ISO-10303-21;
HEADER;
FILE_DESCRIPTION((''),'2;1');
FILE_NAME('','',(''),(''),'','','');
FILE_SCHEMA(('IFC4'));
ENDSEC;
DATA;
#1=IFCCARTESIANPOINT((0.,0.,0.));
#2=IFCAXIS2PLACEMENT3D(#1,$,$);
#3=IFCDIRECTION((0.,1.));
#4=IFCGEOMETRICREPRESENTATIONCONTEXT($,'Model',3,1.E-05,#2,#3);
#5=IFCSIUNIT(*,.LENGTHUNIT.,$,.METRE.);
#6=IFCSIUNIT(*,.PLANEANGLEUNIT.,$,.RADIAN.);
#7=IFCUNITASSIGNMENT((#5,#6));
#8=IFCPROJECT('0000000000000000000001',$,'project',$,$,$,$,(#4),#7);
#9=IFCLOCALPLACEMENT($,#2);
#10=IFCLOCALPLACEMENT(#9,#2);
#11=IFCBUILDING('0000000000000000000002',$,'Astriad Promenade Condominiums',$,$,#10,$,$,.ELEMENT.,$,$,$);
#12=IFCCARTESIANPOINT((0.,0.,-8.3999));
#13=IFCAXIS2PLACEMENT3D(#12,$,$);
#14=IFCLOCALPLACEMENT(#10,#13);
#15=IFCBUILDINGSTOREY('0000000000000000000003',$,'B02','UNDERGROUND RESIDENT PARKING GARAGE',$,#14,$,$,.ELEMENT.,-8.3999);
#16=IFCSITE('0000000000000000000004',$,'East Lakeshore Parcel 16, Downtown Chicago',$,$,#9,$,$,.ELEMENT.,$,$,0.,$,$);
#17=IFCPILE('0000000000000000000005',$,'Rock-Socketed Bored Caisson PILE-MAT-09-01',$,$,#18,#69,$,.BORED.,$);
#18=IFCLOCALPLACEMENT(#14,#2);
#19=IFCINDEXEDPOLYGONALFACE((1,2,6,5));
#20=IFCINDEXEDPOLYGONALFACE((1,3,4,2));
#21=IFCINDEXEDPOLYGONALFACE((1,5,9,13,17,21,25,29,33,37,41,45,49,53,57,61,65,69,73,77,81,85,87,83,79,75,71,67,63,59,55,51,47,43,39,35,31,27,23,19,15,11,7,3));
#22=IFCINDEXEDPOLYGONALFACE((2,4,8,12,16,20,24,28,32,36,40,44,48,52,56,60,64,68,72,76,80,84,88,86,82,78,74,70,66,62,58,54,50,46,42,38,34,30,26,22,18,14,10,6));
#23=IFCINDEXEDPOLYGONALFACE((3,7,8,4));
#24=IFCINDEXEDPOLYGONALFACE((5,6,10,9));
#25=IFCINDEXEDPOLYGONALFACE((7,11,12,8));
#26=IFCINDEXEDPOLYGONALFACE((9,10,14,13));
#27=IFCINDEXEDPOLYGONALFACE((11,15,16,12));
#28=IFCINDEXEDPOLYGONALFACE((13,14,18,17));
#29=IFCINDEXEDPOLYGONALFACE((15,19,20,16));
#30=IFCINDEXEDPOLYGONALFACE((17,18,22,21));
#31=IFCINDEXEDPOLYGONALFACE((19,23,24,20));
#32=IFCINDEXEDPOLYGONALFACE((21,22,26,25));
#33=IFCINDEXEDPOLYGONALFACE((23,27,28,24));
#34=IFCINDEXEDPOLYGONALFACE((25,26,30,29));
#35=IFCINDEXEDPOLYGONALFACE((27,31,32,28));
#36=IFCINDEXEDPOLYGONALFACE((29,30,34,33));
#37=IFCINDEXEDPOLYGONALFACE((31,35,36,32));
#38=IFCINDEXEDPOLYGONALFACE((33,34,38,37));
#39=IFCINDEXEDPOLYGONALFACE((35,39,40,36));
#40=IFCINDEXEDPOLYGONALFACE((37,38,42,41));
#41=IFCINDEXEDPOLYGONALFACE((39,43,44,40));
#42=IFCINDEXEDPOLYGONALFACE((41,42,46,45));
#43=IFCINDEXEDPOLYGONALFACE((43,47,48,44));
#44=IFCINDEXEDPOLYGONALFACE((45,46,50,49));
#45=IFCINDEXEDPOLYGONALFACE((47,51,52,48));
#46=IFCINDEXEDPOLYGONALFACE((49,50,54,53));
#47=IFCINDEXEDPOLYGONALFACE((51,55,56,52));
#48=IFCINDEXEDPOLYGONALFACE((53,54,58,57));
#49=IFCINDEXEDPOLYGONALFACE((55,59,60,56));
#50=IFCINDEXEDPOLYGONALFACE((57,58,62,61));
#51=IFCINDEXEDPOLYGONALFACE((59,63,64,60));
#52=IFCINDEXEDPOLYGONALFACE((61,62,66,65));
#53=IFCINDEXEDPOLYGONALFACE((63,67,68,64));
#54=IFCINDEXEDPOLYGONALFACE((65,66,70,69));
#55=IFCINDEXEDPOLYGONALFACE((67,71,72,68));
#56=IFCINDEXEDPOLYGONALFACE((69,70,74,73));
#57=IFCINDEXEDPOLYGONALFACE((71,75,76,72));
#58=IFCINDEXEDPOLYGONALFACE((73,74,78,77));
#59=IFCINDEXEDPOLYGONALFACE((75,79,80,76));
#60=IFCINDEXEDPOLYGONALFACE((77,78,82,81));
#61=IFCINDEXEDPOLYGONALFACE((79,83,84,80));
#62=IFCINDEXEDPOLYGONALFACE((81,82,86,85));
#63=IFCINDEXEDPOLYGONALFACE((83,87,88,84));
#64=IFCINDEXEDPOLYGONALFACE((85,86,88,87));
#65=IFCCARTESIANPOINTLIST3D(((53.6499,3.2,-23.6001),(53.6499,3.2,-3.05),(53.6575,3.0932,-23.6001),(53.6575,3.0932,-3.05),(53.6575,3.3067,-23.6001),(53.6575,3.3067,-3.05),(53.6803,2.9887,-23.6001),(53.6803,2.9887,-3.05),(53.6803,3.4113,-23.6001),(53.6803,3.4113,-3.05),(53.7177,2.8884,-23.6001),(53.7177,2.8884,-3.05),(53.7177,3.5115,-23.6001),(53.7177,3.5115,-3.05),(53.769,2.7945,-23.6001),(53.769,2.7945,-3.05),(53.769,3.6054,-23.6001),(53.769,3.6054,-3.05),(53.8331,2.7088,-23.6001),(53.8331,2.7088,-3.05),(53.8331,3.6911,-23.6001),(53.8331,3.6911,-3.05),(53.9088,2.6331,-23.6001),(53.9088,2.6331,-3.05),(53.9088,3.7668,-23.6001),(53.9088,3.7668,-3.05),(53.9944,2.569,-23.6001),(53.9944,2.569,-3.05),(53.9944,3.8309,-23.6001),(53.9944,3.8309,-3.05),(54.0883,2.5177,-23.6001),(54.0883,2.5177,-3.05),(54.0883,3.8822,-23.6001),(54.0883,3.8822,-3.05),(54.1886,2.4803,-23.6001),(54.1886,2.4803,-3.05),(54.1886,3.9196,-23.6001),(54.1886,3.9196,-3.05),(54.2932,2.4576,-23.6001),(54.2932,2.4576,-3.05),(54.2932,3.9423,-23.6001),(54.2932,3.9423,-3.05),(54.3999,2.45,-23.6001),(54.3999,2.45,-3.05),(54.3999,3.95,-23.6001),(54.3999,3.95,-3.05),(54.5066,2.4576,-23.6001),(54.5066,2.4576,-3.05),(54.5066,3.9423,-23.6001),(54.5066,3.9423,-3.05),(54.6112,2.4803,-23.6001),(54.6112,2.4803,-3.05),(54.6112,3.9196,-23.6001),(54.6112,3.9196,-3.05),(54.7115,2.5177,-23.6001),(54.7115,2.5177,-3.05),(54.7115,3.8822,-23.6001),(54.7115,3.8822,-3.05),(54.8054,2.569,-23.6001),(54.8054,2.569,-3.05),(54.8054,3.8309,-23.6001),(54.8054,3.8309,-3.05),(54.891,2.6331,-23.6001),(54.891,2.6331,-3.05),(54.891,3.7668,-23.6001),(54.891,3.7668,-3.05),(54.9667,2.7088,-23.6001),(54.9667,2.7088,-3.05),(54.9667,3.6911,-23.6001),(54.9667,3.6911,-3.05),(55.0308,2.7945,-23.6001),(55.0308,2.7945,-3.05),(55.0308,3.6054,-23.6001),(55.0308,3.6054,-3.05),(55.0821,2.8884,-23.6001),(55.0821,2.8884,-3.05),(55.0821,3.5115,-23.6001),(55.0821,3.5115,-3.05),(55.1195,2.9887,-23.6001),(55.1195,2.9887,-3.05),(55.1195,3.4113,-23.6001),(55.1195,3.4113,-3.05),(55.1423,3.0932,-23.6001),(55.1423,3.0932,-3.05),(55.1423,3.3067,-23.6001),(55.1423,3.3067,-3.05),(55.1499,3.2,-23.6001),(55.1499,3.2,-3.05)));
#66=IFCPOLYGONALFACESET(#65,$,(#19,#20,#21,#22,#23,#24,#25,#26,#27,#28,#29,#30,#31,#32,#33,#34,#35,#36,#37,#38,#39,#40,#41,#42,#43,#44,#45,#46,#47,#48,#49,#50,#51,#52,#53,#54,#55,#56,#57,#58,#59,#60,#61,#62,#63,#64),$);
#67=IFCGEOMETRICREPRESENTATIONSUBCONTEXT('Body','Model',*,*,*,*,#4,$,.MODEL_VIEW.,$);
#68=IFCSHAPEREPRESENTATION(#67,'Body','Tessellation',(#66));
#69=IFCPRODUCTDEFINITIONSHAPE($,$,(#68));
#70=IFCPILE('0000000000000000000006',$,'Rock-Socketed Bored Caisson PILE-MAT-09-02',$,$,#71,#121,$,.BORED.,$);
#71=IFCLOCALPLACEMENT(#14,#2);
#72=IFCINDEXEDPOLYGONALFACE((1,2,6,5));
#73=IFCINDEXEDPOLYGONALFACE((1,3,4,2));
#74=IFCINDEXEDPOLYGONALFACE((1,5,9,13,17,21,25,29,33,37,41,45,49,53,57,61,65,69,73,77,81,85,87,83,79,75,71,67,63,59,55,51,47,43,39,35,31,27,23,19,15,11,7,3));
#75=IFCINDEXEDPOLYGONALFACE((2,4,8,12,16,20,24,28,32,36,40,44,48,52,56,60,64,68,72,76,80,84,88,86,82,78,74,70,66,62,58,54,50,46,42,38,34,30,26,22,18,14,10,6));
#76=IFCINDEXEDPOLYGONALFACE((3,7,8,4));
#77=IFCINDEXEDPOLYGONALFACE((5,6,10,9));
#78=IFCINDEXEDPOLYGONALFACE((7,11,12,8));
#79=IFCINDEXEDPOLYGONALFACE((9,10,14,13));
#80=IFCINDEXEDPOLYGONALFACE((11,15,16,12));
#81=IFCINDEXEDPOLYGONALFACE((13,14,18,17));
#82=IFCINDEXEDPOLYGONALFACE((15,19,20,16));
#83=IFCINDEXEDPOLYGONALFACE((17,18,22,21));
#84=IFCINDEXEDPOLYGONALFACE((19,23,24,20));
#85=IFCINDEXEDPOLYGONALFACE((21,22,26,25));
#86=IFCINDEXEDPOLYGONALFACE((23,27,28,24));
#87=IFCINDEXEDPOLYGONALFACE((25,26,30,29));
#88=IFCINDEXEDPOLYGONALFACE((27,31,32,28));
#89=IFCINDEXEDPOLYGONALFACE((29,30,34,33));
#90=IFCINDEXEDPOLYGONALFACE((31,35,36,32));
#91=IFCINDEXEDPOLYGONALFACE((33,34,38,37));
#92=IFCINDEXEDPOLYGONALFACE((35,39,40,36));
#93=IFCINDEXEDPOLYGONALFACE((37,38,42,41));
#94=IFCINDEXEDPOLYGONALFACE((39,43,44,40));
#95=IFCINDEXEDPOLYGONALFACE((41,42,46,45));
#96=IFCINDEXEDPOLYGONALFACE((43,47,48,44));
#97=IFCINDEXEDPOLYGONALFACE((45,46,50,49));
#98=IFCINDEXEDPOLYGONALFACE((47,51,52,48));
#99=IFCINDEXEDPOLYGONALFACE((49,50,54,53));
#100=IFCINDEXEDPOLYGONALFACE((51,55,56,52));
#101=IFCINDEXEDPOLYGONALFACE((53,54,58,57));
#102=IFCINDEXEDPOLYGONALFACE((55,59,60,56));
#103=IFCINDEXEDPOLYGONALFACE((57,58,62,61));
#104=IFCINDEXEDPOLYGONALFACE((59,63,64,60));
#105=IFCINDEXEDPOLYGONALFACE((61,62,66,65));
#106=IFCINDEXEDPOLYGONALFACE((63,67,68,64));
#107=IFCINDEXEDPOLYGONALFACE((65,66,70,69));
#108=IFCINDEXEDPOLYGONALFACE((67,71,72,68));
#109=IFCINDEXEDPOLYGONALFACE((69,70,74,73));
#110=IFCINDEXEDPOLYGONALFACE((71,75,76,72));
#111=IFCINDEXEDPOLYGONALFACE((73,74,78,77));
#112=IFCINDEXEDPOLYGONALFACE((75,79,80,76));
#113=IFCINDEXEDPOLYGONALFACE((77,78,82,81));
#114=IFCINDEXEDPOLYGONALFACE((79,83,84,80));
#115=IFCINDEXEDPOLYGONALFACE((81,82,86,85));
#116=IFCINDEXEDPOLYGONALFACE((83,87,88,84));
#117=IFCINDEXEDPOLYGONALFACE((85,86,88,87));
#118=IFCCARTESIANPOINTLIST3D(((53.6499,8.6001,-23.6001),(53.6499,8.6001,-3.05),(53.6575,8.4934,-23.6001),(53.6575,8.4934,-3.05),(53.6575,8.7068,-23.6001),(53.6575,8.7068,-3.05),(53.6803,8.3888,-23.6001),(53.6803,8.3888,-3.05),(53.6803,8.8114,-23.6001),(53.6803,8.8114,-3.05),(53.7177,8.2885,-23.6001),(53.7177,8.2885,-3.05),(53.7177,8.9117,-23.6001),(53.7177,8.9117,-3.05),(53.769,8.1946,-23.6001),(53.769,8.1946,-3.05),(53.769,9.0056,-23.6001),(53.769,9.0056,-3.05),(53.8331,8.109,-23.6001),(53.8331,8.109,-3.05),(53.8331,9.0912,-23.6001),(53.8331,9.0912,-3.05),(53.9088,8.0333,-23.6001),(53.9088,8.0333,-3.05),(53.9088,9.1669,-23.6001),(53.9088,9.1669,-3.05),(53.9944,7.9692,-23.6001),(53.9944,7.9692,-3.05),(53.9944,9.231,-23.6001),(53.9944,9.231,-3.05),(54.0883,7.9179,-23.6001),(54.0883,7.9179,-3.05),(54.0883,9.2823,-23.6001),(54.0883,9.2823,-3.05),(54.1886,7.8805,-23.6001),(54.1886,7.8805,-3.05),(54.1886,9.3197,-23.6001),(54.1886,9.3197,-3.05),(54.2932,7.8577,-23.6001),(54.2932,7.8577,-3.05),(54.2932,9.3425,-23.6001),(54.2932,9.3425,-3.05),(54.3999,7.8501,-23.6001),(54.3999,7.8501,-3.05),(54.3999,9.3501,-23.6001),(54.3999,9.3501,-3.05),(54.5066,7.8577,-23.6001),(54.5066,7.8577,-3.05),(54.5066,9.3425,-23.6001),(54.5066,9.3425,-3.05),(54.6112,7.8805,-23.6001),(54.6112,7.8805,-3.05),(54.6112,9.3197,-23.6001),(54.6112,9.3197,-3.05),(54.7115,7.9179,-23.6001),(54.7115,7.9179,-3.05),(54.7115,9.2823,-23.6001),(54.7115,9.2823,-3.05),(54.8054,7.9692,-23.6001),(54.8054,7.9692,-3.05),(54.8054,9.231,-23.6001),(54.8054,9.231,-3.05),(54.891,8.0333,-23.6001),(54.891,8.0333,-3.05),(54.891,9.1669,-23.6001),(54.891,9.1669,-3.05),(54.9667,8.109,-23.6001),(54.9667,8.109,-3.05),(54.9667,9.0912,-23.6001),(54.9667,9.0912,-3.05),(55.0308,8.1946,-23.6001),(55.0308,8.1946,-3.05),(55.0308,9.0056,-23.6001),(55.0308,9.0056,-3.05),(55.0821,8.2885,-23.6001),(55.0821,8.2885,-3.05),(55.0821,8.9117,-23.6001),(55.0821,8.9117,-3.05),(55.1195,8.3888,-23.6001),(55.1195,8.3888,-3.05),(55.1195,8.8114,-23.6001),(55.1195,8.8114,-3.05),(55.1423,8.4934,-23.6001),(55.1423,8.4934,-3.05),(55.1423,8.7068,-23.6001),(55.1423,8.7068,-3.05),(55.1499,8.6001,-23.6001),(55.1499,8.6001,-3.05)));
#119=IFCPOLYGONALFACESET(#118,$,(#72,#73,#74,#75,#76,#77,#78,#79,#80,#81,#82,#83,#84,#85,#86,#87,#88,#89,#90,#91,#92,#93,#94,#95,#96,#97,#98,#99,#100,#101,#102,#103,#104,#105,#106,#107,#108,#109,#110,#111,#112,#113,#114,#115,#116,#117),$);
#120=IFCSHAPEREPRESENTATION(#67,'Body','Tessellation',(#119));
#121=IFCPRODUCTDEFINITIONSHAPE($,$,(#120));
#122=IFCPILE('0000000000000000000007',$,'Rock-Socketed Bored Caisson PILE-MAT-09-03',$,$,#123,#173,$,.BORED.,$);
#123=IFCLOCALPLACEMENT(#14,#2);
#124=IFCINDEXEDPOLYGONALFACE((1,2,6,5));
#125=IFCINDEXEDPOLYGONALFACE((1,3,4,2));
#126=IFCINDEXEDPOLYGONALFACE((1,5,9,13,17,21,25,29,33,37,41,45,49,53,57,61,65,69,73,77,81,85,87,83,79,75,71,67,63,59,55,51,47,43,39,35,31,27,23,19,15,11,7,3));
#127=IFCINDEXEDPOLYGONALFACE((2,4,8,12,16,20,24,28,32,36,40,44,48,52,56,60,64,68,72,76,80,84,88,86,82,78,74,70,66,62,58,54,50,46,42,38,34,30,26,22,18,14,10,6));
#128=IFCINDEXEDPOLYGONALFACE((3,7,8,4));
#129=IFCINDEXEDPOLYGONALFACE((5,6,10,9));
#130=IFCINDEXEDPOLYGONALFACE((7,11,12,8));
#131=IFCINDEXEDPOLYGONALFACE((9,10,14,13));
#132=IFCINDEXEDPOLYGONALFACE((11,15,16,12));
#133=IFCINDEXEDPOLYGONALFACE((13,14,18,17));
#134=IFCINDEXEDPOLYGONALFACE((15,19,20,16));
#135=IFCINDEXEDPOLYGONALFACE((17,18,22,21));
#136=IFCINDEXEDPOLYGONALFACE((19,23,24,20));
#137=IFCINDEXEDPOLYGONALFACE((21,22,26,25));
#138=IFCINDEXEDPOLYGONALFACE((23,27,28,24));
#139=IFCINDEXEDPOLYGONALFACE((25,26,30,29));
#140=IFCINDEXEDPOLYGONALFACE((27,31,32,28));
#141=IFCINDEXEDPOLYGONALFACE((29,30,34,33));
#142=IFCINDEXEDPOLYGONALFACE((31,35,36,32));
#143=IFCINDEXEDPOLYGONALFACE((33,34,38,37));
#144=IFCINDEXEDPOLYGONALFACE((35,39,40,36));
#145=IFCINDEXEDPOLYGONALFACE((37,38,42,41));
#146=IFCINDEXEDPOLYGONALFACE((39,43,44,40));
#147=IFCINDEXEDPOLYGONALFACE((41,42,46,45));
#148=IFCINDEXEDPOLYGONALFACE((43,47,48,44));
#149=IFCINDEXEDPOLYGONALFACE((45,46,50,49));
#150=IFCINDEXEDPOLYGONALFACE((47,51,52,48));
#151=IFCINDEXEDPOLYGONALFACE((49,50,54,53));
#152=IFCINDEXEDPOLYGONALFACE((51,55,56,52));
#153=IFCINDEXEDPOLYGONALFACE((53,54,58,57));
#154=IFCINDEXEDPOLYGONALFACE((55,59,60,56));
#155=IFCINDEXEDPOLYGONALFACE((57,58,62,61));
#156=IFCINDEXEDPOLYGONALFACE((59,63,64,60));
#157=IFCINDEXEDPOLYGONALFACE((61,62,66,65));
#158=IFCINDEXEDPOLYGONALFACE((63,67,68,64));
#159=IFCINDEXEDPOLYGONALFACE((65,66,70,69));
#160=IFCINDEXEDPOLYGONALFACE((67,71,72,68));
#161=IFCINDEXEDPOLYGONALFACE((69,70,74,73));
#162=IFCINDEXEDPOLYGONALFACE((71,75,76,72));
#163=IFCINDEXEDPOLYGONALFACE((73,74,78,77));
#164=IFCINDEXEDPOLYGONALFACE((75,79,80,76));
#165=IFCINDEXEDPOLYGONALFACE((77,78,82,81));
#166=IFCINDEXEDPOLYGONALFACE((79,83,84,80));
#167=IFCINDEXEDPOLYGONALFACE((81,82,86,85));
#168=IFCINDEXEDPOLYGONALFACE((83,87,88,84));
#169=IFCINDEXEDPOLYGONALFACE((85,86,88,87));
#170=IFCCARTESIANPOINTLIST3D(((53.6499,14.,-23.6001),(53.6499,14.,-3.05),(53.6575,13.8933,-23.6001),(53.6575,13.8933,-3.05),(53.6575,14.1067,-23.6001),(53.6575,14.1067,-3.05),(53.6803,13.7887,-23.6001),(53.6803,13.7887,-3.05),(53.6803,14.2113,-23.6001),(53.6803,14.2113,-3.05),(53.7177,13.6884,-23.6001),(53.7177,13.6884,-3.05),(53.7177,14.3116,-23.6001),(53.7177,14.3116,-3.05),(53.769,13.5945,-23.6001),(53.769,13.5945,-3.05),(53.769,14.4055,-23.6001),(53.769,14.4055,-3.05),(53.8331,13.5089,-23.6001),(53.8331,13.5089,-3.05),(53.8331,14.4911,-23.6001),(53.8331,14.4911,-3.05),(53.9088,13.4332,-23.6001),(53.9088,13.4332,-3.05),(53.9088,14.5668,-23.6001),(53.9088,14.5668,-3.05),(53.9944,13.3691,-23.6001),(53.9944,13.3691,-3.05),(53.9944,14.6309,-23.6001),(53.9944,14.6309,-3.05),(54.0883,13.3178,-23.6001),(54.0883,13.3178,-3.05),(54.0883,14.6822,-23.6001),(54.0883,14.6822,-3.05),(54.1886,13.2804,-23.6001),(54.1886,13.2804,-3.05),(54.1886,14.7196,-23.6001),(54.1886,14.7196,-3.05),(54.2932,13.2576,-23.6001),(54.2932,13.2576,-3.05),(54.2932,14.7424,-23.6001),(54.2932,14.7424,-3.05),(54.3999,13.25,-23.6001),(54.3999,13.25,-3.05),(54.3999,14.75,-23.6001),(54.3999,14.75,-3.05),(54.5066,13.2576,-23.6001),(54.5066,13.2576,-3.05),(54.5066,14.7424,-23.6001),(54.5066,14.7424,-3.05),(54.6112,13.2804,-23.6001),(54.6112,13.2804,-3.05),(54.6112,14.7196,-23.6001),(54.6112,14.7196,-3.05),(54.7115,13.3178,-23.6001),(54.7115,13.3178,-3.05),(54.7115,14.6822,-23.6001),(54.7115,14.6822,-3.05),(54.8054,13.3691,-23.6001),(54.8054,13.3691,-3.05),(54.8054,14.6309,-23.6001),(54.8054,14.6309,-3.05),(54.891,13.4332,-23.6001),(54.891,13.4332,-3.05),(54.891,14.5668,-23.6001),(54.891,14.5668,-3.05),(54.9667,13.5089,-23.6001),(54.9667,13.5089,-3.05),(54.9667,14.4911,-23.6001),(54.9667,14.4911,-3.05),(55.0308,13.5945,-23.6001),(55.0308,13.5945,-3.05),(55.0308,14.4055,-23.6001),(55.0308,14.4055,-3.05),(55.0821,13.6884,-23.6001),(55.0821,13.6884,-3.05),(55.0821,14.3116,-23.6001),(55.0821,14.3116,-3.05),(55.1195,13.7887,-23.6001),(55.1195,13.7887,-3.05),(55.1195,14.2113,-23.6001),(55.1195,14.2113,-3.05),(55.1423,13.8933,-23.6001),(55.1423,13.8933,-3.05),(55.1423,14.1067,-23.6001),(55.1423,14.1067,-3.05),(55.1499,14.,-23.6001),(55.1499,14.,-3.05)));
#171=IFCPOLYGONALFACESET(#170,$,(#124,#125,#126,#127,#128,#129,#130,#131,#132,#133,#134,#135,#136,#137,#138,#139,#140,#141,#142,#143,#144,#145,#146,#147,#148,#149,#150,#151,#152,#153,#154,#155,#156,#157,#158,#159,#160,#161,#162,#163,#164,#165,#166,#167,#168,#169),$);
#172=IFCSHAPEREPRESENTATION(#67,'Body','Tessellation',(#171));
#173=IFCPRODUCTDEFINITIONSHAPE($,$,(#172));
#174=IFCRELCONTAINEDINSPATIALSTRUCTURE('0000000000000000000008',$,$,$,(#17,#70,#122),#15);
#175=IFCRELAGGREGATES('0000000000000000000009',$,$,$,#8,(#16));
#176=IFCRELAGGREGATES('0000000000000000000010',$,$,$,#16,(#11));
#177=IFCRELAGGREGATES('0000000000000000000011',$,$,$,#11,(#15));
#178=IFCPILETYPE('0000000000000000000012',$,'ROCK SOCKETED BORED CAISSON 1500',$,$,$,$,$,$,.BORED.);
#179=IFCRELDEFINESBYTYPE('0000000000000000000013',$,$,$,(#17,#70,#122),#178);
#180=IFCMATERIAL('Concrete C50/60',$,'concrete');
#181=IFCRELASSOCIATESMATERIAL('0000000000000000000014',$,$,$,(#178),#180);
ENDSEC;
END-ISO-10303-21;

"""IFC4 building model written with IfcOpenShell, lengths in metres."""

from ifc_helpers import new_model, si_unit, direction, frame, origin, origin_2d, place, context, subcontext, project, spatial, circle, extrude, source, transform, mapped, material, material_profile, profile_set, type_object, type_shapes, element, save


model = new_model("IFC4")

# Units and contexts
model_context = context("Model", 3, precision=1e-05, world=origin(), true_north=direction((0.0, 1.0)))
body_context = subcontext(model_context, "Body", "Model", "MODEL_VIEW")
ifc_project = project(units=[si_unit("LENGTHUNIT", "METRE"), si_unit("PLANEANGLEUNIT", "RADIAN")], contexts=[model_context])

# Site, building, storey
site_placement = place(None, origin())
site = spatial("IfcSite", under=ifc_project, at=site_placement, Name="East Lakeshore Parcel 16, Downtown Chicago", CompositionType="ELEMENT", RefElevation=0.0)
building_placement = place(site_placement, origin())
building = spatial("IfcBuilding", under=site, at=building_placement, Name="Astriad Promenade Condominiums", CompositionType="ELEMENT")
storey_placement = place(building_placement, frame((0.0, 0.0, -8.3999)))
storey = spatial("IfcBuildingStorey", under=building, at=storey_placement, Name="B02", Description="UNDERGROUND RESIDENT PARKING GARAGE", CompositionType="ELEMENT", Elevation=-8.3999)

# Piles
ifc_material_1 = material(Name="Concrete C50/60", Category="concrete")
ifc_material_profile_1 = material_profile(ifc_material_1, circle(Radius=0.75, at=origin_2d()), Name="CAISSON-D1500")
ifc_profile_set_1 = profile_set([ifc_material_profile_1], Name="Concrete C50/60")
pile_type = type_object("IfcPileType", Name="ROCK SOCKETED BORED CAISSON 1500", PredefinedType="BORED", material=ifc_profile_set_1)
shared_shape_1 = source(origin(), body_context, "Body", "SweptSolid", [
    extrude(circle(Radius=0.75, at=origin_2d()), origin(), (0.0, 0.0, 1.0), 20.55),
])
type_shapes(pile_type, [shared_shape_1])
for number, where, z_axis, x_axis, name in (
    (1, (54.3999, 3.2, -3.05), (0.0, 0.0, -1.0), (1.0, 0.0, 0.0), "Rock-Socketed Bored Caisson PILE-MAT-09-01"),
    (2, (54.3999, 8.6001, -3.05), (0.0, 0.0, -1.0), (1.0, 0.0, 0.0), "Rock-Socketed Bored Caisson PILE-MAT-09-02"),
    (3, (54.3999, 14.0, -3.05), (0.0, 0.0, -1.0), (1.0, 0.0, 0.0), "Rock-Socketed Bored Caisson PILE-MAT-09-03"),
):
    element("IfcPile", number, at=place(storey_placement, frame(where, z_axis=z_axis, x_axis=x_axis)), inside=storey, type_object=pile_type, Name=name, PredefinedType="BORED", context=body_context, shape_type="MappedRepresentation", body=[
        mapped(shared_shape_1, transform((0.0, 0.0, 0.0), scale=1.0)),
    ])

save(model, "model.ifc")
